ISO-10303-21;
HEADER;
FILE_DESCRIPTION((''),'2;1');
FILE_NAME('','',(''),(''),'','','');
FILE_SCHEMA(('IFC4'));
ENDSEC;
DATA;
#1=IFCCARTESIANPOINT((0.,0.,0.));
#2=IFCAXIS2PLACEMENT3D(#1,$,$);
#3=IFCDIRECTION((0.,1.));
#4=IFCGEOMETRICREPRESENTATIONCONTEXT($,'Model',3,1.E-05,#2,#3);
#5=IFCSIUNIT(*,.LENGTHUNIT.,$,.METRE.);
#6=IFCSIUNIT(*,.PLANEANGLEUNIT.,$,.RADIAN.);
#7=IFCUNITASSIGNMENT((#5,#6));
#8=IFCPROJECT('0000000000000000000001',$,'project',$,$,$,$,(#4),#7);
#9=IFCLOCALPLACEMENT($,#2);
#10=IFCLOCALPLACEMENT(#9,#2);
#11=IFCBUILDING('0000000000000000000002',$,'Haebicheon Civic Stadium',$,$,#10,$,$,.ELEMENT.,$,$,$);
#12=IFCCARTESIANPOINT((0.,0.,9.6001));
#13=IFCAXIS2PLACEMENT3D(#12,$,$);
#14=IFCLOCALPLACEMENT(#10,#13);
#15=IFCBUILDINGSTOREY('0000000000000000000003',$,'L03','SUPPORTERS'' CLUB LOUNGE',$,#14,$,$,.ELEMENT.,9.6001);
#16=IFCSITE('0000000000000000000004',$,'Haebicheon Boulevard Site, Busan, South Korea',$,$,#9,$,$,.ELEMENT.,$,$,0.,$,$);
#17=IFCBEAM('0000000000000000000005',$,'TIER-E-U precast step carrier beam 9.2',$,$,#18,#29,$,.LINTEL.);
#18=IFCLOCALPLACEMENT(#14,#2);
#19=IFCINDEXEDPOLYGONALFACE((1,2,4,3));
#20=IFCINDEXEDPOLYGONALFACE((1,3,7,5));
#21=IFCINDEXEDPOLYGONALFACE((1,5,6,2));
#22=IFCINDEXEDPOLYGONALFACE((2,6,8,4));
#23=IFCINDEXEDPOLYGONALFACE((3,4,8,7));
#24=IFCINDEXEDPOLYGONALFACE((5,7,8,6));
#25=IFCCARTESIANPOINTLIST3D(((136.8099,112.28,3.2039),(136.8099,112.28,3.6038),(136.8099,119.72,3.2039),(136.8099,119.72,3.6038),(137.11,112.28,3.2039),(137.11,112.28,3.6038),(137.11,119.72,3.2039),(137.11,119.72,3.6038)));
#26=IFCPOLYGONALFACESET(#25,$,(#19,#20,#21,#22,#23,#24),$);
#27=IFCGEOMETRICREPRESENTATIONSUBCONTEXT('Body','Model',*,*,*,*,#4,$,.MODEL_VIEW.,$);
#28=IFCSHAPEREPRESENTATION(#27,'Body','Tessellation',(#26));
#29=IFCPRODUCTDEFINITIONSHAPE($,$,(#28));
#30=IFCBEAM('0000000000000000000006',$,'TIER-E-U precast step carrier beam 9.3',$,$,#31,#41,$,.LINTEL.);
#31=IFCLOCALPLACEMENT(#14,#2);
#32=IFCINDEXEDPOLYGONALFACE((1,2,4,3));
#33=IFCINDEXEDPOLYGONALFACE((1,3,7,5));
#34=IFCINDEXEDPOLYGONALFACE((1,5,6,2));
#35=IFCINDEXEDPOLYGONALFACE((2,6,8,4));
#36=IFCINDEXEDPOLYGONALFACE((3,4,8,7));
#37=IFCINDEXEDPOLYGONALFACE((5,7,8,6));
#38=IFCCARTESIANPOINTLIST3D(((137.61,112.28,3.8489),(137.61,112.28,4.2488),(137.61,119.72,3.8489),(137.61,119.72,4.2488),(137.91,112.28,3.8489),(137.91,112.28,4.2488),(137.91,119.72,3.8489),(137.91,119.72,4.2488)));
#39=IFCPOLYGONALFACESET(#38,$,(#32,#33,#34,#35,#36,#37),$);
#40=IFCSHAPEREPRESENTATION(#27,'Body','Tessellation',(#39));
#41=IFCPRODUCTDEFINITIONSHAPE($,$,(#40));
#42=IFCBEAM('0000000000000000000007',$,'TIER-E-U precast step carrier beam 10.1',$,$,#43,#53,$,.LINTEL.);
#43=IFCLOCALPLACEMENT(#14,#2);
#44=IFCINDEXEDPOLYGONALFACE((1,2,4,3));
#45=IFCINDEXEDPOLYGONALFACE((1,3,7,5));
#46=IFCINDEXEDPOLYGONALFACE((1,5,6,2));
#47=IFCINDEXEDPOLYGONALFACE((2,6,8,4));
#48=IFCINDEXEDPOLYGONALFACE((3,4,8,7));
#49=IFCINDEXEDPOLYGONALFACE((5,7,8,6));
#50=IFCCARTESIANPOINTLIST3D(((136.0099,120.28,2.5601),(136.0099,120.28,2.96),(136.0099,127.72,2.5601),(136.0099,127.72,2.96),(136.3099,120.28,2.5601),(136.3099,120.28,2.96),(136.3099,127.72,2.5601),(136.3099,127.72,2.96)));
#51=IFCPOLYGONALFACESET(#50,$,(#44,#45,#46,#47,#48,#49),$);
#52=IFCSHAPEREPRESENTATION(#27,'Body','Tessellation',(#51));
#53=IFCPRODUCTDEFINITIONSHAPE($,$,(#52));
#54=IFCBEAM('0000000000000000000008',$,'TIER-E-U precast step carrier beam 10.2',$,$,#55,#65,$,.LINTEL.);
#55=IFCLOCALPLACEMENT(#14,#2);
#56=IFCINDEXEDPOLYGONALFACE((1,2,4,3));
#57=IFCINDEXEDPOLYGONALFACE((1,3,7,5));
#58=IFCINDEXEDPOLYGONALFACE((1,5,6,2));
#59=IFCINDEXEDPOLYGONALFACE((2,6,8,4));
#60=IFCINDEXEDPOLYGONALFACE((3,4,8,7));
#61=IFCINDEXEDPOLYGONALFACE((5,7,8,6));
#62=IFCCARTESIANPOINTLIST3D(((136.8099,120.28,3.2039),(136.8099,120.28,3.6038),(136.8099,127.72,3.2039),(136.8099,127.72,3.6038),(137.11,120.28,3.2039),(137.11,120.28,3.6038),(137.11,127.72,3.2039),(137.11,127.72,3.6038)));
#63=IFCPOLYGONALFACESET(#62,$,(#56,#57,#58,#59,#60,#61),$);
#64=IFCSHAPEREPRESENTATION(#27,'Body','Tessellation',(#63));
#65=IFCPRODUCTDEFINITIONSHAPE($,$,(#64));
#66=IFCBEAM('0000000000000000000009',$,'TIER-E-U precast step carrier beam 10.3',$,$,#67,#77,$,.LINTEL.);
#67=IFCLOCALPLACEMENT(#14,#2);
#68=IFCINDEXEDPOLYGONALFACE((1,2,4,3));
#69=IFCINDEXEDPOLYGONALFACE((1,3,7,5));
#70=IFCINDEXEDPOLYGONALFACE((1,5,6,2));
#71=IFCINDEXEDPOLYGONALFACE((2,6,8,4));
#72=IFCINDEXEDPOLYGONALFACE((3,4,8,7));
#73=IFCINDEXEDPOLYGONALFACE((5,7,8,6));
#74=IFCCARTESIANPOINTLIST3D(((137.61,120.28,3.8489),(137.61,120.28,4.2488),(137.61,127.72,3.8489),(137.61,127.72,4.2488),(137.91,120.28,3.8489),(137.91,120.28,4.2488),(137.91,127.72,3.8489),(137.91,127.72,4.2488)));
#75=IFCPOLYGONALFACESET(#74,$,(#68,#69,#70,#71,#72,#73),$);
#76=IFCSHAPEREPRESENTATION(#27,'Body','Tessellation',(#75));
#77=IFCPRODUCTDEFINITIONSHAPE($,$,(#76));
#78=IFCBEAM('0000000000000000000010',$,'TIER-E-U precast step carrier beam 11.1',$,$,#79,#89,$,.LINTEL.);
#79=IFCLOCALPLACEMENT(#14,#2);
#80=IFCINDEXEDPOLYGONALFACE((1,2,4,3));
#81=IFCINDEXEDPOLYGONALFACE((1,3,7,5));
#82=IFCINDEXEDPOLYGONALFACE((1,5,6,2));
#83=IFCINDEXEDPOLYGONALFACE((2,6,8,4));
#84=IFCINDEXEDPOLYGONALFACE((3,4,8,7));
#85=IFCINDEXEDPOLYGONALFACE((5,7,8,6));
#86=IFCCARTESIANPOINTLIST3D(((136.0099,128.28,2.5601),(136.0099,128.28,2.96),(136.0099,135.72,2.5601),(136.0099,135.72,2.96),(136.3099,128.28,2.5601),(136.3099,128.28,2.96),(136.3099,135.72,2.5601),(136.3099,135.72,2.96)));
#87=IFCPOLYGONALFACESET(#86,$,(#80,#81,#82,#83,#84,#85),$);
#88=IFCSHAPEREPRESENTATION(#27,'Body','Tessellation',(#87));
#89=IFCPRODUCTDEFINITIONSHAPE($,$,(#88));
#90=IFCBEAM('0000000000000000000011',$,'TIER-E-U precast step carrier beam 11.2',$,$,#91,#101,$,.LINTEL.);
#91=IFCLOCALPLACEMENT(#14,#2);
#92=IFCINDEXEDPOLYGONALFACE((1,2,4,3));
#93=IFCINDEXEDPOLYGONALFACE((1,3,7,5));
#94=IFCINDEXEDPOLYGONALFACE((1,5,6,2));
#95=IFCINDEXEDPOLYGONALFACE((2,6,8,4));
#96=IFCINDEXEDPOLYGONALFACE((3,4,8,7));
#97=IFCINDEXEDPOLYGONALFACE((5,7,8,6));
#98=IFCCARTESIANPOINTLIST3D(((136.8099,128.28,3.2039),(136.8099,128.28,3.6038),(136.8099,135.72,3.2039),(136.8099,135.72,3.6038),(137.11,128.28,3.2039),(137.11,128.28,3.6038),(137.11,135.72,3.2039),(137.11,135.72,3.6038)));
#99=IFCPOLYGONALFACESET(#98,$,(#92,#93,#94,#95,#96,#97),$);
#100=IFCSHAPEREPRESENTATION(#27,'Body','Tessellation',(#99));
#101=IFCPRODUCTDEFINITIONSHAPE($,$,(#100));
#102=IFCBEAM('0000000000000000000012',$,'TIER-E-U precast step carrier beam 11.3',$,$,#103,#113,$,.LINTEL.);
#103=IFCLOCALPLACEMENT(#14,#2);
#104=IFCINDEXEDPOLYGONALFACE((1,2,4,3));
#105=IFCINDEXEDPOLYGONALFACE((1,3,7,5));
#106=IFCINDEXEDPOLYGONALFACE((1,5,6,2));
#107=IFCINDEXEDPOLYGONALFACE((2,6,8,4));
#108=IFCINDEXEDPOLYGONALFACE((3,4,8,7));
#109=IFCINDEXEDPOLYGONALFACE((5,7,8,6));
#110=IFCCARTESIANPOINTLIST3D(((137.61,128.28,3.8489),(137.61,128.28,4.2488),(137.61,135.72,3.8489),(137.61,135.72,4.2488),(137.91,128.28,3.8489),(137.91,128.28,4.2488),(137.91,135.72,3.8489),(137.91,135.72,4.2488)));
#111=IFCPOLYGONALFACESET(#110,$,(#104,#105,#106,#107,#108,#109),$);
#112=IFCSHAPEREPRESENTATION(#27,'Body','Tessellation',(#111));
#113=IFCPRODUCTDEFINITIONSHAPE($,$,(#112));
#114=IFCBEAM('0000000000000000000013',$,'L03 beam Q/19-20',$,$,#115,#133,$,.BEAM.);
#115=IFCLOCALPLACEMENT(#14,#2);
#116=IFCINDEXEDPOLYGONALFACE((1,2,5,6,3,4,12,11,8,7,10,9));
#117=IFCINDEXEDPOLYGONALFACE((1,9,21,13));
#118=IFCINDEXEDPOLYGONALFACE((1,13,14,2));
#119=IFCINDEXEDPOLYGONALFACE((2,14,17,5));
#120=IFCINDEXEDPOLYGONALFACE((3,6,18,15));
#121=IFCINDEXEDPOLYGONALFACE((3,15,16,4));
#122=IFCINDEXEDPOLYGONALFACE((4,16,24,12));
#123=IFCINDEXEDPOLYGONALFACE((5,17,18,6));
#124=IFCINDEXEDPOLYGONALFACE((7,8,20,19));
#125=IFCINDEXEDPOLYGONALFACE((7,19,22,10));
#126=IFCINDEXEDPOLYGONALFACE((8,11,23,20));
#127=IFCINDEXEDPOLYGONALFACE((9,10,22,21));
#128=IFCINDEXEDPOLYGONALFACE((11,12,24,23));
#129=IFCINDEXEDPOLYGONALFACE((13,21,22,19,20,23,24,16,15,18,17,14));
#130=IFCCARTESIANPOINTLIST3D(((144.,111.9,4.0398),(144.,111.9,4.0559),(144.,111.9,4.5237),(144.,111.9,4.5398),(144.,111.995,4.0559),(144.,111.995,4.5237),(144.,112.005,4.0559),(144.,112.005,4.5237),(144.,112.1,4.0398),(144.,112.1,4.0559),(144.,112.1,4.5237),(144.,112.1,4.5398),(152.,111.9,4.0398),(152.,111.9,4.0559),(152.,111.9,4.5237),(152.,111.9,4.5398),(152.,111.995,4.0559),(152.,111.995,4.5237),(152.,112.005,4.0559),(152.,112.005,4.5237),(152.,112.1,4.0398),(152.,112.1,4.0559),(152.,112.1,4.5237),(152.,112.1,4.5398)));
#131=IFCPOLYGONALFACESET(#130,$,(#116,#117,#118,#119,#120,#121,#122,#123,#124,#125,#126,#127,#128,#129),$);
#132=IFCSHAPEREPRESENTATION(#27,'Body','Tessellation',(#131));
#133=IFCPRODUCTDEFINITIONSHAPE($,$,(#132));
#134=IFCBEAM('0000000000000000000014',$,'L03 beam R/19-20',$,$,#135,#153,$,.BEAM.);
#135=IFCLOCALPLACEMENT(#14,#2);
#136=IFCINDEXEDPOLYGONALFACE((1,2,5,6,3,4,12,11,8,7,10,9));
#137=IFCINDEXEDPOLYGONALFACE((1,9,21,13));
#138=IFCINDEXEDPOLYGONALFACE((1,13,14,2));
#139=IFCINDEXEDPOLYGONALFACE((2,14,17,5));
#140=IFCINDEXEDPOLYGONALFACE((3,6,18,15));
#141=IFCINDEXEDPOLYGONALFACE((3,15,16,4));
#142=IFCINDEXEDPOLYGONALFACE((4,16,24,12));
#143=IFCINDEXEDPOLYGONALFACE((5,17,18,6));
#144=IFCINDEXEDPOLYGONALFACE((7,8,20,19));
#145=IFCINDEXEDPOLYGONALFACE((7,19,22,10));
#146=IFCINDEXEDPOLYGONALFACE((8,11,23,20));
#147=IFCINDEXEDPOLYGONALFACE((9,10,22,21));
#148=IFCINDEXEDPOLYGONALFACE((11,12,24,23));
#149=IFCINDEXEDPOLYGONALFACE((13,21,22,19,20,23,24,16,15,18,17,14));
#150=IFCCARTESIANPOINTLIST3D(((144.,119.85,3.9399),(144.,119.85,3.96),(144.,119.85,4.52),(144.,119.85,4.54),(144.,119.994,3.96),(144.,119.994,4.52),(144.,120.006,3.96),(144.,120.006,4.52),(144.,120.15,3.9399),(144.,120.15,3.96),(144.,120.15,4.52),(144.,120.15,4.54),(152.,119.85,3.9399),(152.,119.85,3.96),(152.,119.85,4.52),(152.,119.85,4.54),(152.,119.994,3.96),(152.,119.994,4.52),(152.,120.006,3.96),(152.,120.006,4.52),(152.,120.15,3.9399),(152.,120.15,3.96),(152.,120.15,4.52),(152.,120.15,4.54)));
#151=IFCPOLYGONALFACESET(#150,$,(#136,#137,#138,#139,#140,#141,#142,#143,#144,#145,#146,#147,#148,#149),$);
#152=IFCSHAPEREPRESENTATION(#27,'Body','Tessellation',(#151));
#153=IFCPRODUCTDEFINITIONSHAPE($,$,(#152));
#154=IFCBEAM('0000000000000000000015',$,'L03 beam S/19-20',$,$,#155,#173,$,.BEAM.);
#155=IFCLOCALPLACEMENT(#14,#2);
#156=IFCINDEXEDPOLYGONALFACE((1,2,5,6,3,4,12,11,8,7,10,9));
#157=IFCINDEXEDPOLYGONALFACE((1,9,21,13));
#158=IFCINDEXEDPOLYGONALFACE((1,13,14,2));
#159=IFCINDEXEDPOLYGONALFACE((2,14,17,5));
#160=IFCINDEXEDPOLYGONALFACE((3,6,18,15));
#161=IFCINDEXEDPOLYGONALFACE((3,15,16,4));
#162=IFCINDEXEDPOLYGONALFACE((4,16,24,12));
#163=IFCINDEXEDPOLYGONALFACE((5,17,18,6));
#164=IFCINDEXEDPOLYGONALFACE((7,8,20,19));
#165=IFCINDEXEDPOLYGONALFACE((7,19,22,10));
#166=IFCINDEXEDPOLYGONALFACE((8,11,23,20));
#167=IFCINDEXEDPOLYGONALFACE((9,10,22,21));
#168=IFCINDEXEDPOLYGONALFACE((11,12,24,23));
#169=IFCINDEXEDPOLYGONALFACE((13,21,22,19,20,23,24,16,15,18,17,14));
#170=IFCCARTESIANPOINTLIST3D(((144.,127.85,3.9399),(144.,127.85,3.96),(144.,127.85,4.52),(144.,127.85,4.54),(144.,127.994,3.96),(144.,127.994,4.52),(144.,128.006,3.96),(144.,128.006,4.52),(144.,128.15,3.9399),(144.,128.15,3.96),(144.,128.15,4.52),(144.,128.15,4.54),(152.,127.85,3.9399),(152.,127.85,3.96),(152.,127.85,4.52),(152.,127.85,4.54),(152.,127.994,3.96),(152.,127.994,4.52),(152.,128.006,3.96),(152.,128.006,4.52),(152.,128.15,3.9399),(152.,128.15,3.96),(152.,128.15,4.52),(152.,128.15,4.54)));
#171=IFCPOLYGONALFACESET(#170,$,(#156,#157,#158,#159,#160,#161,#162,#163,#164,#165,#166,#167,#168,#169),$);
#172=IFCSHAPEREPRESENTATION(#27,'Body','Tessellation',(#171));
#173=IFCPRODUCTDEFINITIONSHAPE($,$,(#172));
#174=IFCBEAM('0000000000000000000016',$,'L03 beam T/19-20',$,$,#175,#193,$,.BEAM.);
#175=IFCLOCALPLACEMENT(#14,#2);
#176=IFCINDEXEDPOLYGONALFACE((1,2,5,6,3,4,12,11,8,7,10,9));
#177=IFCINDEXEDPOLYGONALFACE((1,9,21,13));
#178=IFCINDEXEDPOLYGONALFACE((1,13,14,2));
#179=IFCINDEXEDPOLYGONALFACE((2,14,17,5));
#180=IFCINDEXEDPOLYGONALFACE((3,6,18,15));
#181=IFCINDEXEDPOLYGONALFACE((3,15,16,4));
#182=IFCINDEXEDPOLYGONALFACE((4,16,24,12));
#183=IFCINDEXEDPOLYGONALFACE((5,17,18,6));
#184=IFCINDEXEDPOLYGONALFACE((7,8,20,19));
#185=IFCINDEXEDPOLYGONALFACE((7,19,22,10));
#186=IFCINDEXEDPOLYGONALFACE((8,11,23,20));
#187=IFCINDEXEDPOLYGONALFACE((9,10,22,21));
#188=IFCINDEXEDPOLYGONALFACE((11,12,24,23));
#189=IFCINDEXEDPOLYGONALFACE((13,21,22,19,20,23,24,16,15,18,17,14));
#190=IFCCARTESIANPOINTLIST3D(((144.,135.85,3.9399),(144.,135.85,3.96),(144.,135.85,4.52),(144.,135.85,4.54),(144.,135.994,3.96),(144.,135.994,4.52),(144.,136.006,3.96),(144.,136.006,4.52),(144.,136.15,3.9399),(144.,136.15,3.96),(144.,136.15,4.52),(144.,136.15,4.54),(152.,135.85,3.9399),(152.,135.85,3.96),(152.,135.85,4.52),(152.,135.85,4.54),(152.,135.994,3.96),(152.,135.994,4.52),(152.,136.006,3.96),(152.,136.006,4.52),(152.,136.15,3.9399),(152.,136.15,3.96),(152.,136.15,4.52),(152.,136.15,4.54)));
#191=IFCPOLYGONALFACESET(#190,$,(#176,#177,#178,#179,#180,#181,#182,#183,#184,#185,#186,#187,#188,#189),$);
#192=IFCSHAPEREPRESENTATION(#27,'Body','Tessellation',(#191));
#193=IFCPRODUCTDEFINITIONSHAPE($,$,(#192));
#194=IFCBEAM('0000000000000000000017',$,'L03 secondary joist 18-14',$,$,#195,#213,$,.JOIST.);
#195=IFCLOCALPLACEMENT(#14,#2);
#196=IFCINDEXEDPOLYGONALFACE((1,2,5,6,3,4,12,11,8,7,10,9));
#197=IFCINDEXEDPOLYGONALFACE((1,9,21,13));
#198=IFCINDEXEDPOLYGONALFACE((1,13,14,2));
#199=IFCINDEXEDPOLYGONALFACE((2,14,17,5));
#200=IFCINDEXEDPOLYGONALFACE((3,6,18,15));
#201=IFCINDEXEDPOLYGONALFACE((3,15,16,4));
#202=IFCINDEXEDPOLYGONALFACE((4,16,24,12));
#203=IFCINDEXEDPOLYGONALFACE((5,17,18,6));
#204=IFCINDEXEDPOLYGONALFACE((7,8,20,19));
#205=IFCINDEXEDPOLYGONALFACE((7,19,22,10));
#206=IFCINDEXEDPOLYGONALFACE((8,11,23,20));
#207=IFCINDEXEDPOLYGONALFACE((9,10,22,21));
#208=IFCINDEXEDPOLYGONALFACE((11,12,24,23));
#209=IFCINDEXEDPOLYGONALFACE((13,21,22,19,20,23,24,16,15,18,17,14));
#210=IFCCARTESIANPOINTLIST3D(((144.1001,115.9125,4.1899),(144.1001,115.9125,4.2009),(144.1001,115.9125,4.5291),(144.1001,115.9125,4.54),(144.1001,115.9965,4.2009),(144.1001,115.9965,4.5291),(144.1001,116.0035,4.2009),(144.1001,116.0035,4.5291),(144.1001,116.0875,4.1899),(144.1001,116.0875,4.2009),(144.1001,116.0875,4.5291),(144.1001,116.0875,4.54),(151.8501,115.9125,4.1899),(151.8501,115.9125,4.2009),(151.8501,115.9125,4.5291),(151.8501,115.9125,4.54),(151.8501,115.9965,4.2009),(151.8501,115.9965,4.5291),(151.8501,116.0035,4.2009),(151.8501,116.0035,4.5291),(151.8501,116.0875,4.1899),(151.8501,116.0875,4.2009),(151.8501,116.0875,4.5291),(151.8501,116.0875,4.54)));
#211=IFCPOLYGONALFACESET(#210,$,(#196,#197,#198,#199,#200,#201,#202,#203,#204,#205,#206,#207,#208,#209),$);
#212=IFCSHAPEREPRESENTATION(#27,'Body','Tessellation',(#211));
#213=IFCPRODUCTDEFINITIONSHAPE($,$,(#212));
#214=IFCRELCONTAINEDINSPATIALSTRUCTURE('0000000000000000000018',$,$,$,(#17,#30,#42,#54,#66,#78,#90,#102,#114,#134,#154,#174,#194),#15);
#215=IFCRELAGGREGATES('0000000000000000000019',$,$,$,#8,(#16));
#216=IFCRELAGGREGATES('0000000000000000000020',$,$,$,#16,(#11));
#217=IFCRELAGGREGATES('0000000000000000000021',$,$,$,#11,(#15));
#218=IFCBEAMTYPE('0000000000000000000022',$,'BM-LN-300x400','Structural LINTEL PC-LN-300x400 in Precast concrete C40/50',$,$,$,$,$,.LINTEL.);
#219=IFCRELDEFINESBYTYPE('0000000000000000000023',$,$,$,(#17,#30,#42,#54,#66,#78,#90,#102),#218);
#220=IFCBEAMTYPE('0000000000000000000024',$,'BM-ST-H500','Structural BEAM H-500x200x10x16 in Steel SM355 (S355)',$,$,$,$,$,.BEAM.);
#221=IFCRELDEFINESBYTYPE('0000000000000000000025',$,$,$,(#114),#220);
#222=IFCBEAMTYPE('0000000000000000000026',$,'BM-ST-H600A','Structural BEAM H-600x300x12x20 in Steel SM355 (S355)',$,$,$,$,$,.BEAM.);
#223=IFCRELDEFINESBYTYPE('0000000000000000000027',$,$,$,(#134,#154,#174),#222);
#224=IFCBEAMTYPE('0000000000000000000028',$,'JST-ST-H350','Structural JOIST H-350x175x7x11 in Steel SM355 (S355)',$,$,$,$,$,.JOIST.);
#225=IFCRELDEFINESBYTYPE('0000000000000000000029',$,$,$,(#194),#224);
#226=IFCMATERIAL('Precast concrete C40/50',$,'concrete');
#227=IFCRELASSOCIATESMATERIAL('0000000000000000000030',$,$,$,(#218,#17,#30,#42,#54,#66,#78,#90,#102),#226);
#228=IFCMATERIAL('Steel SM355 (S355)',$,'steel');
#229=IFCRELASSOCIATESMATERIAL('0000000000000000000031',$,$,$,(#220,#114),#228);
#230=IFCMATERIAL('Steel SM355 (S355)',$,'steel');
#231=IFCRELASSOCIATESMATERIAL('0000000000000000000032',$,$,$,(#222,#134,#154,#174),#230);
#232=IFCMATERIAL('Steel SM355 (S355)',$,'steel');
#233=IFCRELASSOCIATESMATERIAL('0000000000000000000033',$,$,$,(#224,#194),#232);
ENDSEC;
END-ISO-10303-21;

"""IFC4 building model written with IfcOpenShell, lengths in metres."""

from ifc_helpers import new_model, si_unit, direction, frame, origin, origin_2d, place, context, subcontext, project, spatial, rectangle, i_section, extrude, material, material_profile, profile_set, type_object, element, save


model = new_model("IFC4")

# Units and contexts
model_context = context("Model", 3, precision=1e-05, world=origin(), true_north=direction((0.0, 1.0)))
body_context = subcontext(model_context, "Body", "Model", "MODEL_VIEW")
ifc_project = project(units=[si_unit("LENGTHUNIT", "METRE"), si_unit("PLANEANGLEUNIT", "RADIAN")], contexts=[model_context])

# Site, building, storey
site_placement = place(None, origin())
site = spatial("IfcSite", under=ifc_project, at=site_placement, Name="Haebicheon Boulevard Site, Busan, South Korea", CompositionType="ELEMENT", RefElevation=0.0)
building_placement = place(site_placement, origin())
building = spatial("IfcBuilding", under=site, at=building_placement, Name="Haebicheon Civic Stadium", CompositionType="ELEMENT")
storey_placement = place(building_placement, frame((0.0, 0.0, 9.6001)))
storey = spatial("IfcBuildingStorey", under=building, at=storey_placement, Name="L03", Description="SUPPORTERS' CLUB LOUNGE", CompositionType="ELEMENT", Elevation=9.6001)

# Beams
ifc_material_1 = material(Name="Precast concrete C40/50", Category="concrete")
ifc_material_profile_1 = material_profile(ifc_material_1, rectangle(XDim=0.3, YDim=0.3999, at=origin_2d()), Name="PC-LN-300x400")
ifc_profile_set_1 = profile_set([ifc_material_profile_1], Name="Precast concrete C40/50")
beam_type_1 = type_object("IfcBeamType", Name="BM-LN-300x400", Description="Structural LINTEL PC-LN-300x400 in Precast concrete C40/50", PredefinedType="LINTEL", material=ifc_profile_set_1)
for number, where, z_axis, x_axis, name in (
    (1, (136.96, 112.28, 3.4038), (0.0, 1.0, 0.0), (-1.0, 0.0, 0.0), "TIER-E-U precast step carrier beam 9.2"),
    (2, (137.76, 112.28, 4.0488), (0.0, 1.0, 0.0), (-1.0, 0.0, 0.0), "TIER-E-U precast step carrier beam 9.3"),
    (3, (136.1599, 120.28, 2.76), (0.0, 1.0, 0.0), (-1.0, 0.0, 0.0), "TIER-E-U precast step carrier beam 10.1"),
    (4, (136.96, 120.28, 3.4038), (0.0, 1.0, 0.0), (-1.0, 0.0, 0.0), "TIER-E-U precast step carrier beam 10.2"),
    (5, (137.76, 120.28, 4.0488), (0.0, 1.0, 0.0), (-1.0, 0.0, 0.0), "TIER-E-U precast step carrier beam 10.3"),
    (6, (136.1599, 128.28, 2.76), (0.0, 1.0, 0.0), (-1.0, 0.0, 0.0), "TIER-E-U precast step carrier beam 11.1"),
    (7, (136.96, 128.28, 3.4038), (0.0, 1.0, 0.0), (-1.0, 0.0, 0.0), "TIER-E-U precast step carrier beam 11.2"),
    (8, (137.76, 128.28, 4.0488), (0.0, 1.0, 0.0), (-1.0, 0.0, 0.0), "TIER-E-U precast step carrier beam 11.3"),
):
    element("IfcBeam", number, at=place(storey_placement, frame(where, z_axis=z_axis, x_axis=x_axis)), inside=storey, type_object=beam_type_1, material=ifc_profile_set_1, Name=name, PredefinedType="LINTEL", context=body_context, shape_type="SweptSolid", body=[
        extrude(rectangle(XDim=0.3, YDim=0.3999, at=origin_2d()), origin(), (0.0, 0.0, 1.0), 7.4399),
    ])
ifc_material_2 = material(Name="Steel SM355 (S355)", Category="steel")
ifc_material_profile_2 = material_profile(ifc_material_2, i_section(OverallWidth=0.2, OverallDepth=0.5, WebThickness=0.01, FlangeThickness=0.0161, at=origin_2d()), Name="H-500x200x10x16")
ifc_profile_set_2 = profile_set([ifc_material_profile_2], Name="Steel SM355 (S355)")
beam_type_2 = type_object("IfcBeamType", Name="BM-ST-H500", Description="Structural BEAM H-500x200x10x16 in Steel SM355 (S355)", PredefinedType="BEAM", material=ifc_profile_set_2)
beam_placement = place(storey_placement, frame((144.0, 112.0, 4.2898), z_axis=(1.0, 0.0, 0.0), x_axis=(0.0, 1.0, 0.0)))
element("IfcBeam", 9, at=beam_placement, inside=storey, type_object=beam_type_2, material=ifc_profile_set_2, Name="L03 beam Q/19-20", PredefinedType="BEAM", context=body_context, shape_type="SweptSolid", body=[
    extrude(i_section(OverallWidth=0.2, OverallDepth=0.5, WebThickness=0.01, FlangeThickness=0.0161, at=origin_2d()), origin(), (0.0, 0.0, 1.0), 8.0),
])
ifc_material_3 = material(Name="Steel SM355 (S355)", Category="steel")
ifc_material_profile_3 = material_profile(ifc_material_3, i_section(OverallWidth=0.3, OverallDepth=0.6001, WebThickness=0.012, FlangeThickness=0.02, at=origin_2d()), Name="H-600x300x12x20")
ifc_profile_set_3 = profile_set([ifc_material_profile_3], Name="Steel SM355 (S355)")
beam_type_3 = type_object("IfcBeamType", Name="BM-ST-H600A", Description="Structural BEAM H-600x300x12x20 in Steel SM355 (S355)", PredefinedType="BEAM", material=ifc_profile_set_3)
for number, where, z_axis, x_axis, name in (
    (10, (144.0, 120.0, 4.24), (1.0, 0.0, 0.0), (0.0, 1.0, 0.0), "L03 beam R/19-20"),
    (11, (144.0, 128.0, 4.24), (1.0, 0.0, 0.0), (0.0, 1.0, 0.0), "L03 beam S/19-20"),
    (12, (144.0, 136.0, 4.24), (1.0, 0.0, 0.0), (0.0, 1.0, 0.0), "L03 beam T/19-20"),
):
    element("IfcBeam", number, at=place(storey_placement, frame(where, z_axis=z_axis, x_axis=x_axis)), inside=storey, type_object=beam_type_3, material=ifc_profile_set_3, Name=name, PredefinedType="BEAM", context=body_context, shape_type="SweptSolid", body=[
        extrude(i_section(OverallWidth=0.3, OverallDepth=0.6001, WebThickness=0.012, FlangeThickness=0.02, at=origin_2d()), origin(), (0.0, 0.0, 1.0), 8.0),
    ])
ifc_material_4 = material(Name="Steel SM355 (S355)", Category="steel")
ifc_material_profile_4 = material_profile(ifc_material_4, i_section(OverallWidth=0.175, OverallDepth=0.3501, WebThickness=0.0071, FlangeThickness=0.011, at=origin_2d()), Name="H-350x175x7x11")
ifc_profile_set_4 = profile_set([ifc_material_profile_4], Name="Steel SM355 (S355)")
beam_type_4 = type_object("IfcBeamType", Name="JST-ST-H350", Description="Structural JOIST H-350x175x7x11 in Steel SM355 (S355)", PredefinedType="JOIST", material=ifc_profile_set_4)
for number, where, z_axis, x_axis, name in (
    (13, (144.1001, 116.0, 4.365), (1.0, 0.0, 0.0), (0.0, 1.0, 0.0), "L03 secondary joist 18-14"),
):
    element("IfcBeam", number, at=place(storey_placement, frame(where, z_axis=z_axis, x_axis=x_axis)), inside=storey, type_object=beam_type_4, material=ifc_profile_set_4, Name=name, PredefinedType="JOIST", context=body_context, shape_type="SweptSolid", body=[
        extrude(i_section(OverallWidth=0.175, OverallDepth=0.3501, WebThickness=0.0071, FlangeThickness=0.011, at=origin_2d()), origin(), (0.0, 0.0, 1.0), 7.75),
    ])

save(model, "model.ifc")
